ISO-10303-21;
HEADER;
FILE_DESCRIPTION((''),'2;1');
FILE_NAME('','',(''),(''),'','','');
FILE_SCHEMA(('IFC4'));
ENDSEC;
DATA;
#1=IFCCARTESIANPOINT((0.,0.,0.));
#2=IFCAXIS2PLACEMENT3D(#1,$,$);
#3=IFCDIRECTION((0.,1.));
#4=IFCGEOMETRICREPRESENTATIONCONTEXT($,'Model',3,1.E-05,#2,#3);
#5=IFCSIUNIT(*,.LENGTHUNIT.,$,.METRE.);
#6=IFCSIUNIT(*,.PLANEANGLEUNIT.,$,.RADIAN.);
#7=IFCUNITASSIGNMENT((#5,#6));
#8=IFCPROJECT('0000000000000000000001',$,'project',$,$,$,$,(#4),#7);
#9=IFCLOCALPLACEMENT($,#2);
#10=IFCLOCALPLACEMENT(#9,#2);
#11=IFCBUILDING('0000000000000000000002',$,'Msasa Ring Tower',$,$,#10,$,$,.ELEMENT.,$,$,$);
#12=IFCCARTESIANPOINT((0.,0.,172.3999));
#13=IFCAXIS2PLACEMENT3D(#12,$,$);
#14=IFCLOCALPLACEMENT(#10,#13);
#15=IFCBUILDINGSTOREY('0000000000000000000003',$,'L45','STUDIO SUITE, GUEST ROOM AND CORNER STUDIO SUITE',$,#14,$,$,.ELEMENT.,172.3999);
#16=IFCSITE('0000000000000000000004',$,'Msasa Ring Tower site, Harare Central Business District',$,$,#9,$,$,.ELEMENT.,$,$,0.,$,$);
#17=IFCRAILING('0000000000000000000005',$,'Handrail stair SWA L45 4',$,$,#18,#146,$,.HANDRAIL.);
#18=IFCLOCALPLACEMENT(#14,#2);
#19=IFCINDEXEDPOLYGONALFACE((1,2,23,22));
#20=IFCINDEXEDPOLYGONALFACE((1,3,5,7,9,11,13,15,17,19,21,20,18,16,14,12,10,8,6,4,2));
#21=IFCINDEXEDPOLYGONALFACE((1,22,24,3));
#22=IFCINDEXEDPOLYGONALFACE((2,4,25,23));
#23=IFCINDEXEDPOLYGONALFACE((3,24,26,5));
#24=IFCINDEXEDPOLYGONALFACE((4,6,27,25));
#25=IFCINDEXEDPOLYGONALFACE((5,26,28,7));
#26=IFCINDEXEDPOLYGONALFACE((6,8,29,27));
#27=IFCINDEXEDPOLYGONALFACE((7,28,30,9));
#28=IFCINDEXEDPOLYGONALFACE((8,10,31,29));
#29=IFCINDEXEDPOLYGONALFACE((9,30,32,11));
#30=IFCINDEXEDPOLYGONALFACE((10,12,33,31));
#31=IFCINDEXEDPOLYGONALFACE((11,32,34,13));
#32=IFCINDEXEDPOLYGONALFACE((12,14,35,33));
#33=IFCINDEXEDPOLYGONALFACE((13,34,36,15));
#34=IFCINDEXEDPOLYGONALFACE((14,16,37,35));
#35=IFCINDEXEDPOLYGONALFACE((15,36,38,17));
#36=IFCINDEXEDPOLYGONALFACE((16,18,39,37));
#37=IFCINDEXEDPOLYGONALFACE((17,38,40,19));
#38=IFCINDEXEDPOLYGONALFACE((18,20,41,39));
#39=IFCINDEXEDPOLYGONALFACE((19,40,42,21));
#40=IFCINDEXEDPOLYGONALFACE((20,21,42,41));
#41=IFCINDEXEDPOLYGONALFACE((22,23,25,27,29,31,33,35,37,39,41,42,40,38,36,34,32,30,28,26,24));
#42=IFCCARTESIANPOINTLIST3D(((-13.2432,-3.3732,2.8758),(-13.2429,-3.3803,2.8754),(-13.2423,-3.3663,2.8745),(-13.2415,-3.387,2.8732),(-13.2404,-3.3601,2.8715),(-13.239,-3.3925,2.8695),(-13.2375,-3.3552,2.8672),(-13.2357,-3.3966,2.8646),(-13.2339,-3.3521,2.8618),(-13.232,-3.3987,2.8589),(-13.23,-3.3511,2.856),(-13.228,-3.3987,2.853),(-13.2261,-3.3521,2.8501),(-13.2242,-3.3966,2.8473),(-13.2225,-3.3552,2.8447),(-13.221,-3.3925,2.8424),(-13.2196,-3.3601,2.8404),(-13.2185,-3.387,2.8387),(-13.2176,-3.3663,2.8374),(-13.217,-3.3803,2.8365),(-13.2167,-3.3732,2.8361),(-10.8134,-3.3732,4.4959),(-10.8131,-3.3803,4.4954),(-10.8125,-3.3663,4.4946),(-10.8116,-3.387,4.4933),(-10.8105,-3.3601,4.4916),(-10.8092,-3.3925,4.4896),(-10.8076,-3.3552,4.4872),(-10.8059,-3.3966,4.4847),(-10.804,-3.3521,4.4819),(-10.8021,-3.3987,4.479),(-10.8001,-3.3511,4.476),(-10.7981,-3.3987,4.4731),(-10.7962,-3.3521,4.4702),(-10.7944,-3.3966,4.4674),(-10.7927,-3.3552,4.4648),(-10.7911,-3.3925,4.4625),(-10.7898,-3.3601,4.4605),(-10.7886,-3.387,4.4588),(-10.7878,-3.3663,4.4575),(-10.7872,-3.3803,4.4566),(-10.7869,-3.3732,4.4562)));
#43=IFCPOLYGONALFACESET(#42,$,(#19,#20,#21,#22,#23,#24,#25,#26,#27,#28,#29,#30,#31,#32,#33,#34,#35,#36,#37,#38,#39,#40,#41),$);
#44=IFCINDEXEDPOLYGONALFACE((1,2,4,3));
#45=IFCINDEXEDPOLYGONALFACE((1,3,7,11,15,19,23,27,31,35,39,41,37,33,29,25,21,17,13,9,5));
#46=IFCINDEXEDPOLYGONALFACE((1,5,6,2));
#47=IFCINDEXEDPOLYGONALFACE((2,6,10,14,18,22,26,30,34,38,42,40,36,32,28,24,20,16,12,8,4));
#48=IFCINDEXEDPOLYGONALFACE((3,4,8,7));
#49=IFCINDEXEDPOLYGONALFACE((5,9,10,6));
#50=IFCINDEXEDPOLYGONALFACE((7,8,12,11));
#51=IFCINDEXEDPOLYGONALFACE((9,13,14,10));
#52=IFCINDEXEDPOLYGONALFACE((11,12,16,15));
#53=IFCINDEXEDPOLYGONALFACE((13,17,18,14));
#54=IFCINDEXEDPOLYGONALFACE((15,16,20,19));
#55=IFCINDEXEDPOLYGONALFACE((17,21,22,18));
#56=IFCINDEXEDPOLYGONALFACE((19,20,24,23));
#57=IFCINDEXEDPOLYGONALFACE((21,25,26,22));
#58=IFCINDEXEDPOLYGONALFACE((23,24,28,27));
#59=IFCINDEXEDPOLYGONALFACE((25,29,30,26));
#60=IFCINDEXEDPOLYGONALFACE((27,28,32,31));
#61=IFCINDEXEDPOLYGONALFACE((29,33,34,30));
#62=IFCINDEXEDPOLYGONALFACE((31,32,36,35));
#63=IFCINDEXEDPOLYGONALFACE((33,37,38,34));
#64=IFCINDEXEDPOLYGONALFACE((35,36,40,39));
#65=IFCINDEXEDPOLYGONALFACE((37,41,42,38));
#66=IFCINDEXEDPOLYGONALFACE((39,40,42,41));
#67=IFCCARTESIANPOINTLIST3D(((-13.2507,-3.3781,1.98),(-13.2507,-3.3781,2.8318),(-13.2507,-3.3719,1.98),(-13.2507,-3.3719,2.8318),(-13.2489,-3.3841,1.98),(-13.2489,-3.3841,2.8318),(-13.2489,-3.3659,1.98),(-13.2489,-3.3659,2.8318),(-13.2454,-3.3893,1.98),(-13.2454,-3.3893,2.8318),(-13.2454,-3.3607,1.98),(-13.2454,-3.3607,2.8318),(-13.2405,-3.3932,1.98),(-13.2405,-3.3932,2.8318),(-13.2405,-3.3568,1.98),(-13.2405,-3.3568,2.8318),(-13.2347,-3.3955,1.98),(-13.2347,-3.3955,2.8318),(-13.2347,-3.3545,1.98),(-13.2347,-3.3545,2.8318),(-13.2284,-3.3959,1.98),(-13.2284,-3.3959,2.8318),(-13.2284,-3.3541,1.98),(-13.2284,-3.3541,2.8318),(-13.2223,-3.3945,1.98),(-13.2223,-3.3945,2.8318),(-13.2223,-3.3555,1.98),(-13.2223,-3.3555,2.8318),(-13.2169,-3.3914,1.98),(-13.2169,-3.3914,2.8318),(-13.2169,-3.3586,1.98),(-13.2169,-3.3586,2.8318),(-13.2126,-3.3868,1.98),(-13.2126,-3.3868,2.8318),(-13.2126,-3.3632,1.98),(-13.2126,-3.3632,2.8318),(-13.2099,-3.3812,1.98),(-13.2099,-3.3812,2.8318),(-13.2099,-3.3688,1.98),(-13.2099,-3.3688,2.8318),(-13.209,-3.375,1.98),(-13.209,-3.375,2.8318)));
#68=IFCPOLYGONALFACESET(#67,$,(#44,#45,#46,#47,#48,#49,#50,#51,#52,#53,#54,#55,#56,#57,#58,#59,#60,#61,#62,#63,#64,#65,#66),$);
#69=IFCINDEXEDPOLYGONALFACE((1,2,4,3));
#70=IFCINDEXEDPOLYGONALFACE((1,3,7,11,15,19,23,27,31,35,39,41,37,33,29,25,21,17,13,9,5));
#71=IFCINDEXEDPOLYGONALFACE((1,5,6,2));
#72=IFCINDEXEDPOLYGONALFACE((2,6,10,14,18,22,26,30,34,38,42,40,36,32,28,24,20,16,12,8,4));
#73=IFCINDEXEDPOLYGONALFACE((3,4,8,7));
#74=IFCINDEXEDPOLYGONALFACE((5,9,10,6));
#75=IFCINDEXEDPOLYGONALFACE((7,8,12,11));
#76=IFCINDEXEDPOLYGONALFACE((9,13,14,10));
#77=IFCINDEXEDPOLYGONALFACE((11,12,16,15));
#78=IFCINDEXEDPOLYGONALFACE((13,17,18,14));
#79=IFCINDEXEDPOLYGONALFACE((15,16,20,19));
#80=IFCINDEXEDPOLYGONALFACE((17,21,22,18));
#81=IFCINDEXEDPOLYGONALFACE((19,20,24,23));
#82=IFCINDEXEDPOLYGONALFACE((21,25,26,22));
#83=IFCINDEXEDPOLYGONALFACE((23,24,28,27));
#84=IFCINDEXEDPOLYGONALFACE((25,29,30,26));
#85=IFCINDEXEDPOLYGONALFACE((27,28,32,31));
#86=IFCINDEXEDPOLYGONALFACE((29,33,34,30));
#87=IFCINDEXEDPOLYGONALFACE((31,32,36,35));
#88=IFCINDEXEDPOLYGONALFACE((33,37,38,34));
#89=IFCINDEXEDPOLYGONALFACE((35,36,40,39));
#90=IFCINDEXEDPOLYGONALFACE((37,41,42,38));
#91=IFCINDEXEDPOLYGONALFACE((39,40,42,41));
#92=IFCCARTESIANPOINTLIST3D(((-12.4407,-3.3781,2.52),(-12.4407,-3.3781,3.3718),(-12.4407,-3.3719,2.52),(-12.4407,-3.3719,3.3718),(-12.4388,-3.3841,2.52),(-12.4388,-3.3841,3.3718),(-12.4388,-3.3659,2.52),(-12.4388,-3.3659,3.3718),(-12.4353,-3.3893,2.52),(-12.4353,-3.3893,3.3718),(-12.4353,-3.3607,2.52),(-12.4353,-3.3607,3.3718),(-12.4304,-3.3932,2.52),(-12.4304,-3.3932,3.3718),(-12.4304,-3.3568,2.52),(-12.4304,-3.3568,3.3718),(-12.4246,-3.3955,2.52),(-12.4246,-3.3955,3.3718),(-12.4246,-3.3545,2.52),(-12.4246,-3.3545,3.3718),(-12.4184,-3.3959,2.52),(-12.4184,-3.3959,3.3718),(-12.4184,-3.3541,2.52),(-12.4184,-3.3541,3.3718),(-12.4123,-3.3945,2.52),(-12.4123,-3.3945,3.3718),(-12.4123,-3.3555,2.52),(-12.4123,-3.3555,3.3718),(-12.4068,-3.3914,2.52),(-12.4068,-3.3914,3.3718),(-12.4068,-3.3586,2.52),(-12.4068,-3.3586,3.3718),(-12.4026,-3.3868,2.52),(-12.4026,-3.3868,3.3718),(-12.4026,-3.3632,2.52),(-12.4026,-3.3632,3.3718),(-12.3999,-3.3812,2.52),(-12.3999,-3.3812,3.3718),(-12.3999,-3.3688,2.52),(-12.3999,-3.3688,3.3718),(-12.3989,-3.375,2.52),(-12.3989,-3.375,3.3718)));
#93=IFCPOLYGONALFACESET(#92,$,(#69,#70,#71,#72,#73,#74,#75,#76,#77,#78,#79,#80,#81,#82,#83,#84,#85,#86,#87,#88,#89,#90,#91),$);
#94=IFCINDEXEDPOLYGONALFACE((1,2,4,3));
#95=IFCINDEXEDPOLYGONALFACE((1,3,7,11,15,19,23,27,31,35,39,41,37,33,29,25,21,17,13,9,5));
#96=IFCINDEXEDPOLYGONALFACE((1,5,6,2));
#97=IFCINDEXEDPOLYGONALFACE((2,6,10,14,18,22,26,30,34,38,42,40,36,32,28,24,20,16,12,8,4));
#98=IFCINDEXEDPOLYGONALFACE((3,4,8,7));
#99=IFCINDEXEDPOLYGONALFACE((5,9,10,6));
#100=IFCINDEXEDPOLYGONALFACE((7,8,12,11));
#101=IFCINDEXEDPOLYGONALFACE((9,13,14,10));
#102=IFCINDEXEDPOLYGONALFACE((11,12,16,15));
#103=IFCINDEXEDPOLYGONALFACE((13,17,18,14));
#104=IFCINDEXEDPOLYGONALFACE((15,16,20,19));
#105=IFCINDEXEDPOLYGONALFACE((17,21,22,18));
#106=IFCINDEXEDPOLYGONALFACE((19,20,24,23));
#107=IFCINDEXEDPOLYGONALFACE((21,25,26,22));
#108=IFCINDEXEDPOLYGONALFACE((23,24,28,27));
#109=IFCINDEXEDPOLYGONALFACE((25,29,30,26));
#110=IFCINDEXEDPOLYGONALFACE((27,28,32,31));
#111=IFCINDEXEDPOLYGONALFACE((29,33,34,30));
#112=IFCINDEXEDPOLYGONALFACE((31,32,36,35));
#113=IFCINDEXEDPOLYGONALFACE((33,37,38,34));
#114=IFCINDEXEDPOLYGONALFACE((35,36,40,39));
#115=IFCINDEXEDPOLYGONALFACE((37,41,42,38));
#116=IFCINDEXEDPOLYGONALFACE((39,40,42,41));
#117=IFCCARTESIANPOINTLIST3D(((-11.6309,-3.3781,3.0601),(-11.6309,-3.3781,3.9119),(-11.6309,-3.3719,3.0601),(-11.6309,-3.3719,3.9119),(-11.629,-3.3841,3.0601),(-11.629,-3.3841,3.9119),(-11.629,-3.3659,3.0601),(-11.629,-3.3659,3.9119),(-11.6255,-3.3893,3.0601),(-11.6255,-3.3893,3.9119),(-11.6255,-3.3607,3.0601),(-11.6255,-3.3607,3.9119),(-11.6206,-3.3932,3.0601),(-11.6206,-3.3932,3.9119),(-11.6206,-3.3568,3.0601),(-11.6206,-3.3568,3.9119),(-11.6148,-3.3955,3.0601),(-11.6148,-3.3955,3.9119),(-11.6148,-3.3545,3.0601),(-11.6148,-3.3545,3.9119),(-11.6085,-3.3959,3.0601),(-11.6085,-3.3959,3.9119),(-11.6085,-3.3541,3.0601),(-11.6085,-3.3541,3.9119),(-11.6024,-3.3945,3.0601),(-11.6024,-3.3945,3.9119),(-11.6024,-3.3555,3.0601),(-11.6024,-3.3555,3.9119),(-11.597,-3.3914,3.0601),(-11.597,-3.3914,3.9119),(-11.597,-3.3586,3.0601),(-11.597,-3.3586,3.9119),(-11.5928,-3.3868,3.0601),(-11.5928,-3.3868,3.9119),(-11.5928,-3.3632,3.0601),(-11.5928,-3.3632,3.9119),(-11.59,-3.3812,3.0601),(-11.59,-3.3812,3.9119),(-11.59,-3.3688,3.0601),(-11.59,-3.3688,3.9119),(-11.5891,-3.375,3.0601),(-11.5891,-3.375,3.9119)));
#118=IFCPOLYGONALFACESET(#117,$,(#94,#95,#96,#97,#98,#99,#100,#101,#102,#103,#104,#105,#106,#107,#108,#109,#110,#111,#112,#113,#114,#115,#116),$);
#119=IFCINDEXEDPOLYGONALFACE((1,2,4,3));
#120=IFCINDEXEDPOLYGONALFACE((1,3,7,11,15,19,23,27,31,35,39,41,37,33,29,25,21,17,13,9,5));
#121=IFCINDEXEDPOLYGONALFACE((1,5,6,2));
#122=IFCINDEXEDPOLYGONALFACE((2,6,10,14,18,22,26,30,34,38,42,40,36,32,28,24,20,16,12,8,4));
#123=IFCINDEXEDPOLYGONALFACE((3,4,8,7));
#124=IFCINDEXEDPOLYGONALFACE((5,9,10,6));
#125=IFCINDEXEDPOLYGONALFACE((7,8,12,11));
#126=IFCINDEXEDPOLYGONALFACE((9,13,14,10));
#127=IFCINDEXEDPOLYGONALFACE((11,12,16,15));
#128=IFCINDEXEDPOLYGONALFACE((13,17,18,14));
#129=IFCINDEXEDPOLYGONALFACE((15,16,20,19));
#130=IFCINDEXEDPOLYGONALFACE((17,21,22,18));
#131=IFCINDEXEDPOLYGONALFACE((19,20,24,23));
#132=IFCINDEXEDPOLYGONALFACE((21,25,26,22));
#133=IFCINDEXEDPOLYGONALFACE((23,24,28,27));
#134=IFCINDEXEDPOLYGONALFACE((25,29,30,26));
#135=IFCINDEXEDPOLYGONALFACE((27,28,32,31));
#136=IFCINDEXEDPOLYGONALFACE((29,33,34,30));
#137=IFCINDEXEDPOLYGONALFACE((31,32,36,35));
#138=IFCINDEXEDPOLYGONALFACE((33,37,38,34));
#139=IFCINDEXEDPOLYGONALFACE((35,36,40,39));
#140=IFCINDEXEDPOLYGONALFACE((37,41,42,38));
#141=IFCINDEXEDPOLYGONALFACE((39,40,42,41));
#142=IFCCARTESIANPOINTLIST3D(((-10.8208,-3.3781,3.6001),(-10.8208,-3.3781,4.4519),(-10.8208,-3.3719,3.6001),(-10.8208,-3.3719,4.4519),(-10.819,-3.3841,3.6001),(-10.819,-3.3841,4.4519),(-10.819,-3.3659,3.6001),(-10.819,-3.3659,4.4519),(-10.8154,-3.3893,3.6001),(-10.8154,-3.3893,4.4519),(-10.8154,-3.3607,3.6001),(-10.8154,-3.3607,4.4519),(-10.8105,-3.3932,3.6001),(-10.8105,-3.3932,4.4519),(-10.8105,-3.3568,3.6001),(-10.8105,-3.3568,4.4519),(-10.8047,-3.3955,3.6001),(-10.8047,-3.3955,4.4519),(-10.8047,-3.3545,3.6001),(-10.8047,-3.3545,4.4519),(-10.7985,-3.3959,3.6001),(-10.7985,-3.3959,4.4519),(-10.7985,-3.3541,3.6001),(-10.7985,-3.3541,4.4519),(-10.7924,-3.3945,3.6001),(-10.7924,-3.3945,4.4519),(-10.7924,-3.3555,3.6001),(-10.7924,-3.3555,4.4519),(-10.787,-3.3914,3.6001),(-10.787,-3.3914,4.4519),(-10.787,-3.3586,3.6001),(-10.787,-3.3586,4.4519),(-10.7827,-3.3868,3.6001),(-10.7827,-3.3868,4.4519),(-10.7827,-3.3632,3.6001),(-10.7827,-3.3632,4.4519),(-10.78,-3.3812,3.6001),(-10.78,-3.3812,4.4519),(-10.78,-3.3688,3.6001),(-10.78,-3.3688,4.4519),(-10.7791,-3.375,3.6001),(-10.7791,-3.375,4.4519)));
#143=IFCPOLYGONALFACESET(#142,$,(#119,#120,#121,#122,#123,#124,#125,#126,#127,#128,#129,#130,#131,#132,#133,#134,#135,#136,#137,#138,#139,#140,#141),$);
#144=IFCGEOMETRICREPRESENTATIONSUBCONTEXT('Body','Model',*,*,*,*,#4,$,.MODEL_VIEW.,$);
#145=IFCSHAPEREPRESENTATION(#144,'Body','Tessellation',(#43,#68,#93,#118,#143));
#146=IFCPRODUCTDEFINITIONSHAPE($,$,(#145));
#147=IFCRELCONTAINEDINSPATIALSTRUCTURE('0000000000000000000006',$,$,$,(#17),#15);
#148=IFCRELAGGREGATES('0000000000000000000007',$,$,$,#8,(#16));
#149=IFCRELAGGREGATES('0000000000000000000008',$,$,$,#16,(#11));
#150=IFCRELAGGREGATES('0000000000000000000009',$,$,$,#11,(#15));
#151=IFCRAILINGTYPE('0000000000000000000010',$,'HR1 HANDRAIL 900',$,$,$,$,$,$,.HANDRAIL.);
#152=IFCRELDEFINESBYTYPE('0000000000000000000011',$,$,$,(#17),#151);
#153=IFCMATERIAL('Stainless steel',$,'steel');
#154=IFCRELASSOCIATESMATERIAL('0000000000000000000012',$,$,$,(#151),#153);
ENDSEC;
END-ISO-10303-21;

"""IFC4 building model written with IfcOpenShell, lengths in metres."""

from ifc_helpers import new_model, si_unit, direction, frame, origin, origin_2d, place, context, subcontext, project, spatial, circle, extrude, material, type_object, element, save


model = new_model("IFC4")

# Units and contexts
model_context = context("Model", 3, precision=1e-05, world=origin(), true_north=direction((0.0, 1.0)))
body_context = subcontext(model_context, "Body", "Model", "MODEL_VIEW")
ifc_project = project(units=[si_unit("LENGTHUNIT", "METRE"), si_unit("PLANEANGLEUNIT", "RADIAN")], contexts=[model_context])

# Site, building, storey
site_placement = place(None, origin())
site = spatial("IfcSite", under=ifc_project, at=site_placement, Name="Msasa Ring Tower site, Harare Central Business District", CompositionType="ELEMENT", RefElevation=0.0)
building_placement = place(site_placement, origin())
building = spatial("IfcBuilding", under=site, at=building_placement, Name="Msasa Ring Tower", CompositionType="ELEMENT")
storey_placement = place(building_placement, frame((0.0, 0.0, 172.3999)))
storey = spatial("IfcBuildingStorey", under=building, at=storey_placement, Name="L45", Description="STUDIO SUITE, GUEST ROOM AND CORNER STUDIO SUITE", CompositionType="ELEMENT", Elevation=172.3999)

# Railing
ifc_material_1 = material(Name="Stainless steel", Category="steel")
railing_type = type_object("IfcRailingType", Name="HR1 HANDRAIL 900", PredefinedType="HANDRAIL", material=ifc_material_1)
for number, where, name in (
    (1, (-13.23, -3.375, 1.98), "Handrail stair SWA L45 4"),
):
    element("IfcRailing", number, at=place(storey_placement, frame(where)), inside=storey, type_object=railing_type, Name=name, PredefinedType="HANDRAIL", context=body_context, shape_type="SweptSolid", body=[
        extrude(circle(Radius=0.0239, at=origin_2d()), frame((0.0, 0.0, 0.876), z_axis=(0.832025, 0.0, 0.554739), x_axis=(0.0, 1.0, 0.0)), (0.0, 0.0, 1.0), 2.9204),
        extrude(circle(Radius=0.021, at=origin_2d()), origin(), (0.0, 0.0, 1.0), 0.8518),
        extrude(circle(Radius=0.021, at=origin_2d()), frame((0.8101, 0.0, 0.54)), (0.0, 0.0, 1.0), 0.8518),
        extrude(circle(Radius=0.021, at=origin_2d()), frame((1.6199, 0.0, 1.0801)), (0.0, 0.0, 1.0), 0.8518),
        extrude(circle(Radius=0.021, at=origin_2d()), frame((2.4299, 0.0, 1.6201)), (0.0, 0.0, 1.0), 0.8518),
    ])

save(model, "model.ifc")
